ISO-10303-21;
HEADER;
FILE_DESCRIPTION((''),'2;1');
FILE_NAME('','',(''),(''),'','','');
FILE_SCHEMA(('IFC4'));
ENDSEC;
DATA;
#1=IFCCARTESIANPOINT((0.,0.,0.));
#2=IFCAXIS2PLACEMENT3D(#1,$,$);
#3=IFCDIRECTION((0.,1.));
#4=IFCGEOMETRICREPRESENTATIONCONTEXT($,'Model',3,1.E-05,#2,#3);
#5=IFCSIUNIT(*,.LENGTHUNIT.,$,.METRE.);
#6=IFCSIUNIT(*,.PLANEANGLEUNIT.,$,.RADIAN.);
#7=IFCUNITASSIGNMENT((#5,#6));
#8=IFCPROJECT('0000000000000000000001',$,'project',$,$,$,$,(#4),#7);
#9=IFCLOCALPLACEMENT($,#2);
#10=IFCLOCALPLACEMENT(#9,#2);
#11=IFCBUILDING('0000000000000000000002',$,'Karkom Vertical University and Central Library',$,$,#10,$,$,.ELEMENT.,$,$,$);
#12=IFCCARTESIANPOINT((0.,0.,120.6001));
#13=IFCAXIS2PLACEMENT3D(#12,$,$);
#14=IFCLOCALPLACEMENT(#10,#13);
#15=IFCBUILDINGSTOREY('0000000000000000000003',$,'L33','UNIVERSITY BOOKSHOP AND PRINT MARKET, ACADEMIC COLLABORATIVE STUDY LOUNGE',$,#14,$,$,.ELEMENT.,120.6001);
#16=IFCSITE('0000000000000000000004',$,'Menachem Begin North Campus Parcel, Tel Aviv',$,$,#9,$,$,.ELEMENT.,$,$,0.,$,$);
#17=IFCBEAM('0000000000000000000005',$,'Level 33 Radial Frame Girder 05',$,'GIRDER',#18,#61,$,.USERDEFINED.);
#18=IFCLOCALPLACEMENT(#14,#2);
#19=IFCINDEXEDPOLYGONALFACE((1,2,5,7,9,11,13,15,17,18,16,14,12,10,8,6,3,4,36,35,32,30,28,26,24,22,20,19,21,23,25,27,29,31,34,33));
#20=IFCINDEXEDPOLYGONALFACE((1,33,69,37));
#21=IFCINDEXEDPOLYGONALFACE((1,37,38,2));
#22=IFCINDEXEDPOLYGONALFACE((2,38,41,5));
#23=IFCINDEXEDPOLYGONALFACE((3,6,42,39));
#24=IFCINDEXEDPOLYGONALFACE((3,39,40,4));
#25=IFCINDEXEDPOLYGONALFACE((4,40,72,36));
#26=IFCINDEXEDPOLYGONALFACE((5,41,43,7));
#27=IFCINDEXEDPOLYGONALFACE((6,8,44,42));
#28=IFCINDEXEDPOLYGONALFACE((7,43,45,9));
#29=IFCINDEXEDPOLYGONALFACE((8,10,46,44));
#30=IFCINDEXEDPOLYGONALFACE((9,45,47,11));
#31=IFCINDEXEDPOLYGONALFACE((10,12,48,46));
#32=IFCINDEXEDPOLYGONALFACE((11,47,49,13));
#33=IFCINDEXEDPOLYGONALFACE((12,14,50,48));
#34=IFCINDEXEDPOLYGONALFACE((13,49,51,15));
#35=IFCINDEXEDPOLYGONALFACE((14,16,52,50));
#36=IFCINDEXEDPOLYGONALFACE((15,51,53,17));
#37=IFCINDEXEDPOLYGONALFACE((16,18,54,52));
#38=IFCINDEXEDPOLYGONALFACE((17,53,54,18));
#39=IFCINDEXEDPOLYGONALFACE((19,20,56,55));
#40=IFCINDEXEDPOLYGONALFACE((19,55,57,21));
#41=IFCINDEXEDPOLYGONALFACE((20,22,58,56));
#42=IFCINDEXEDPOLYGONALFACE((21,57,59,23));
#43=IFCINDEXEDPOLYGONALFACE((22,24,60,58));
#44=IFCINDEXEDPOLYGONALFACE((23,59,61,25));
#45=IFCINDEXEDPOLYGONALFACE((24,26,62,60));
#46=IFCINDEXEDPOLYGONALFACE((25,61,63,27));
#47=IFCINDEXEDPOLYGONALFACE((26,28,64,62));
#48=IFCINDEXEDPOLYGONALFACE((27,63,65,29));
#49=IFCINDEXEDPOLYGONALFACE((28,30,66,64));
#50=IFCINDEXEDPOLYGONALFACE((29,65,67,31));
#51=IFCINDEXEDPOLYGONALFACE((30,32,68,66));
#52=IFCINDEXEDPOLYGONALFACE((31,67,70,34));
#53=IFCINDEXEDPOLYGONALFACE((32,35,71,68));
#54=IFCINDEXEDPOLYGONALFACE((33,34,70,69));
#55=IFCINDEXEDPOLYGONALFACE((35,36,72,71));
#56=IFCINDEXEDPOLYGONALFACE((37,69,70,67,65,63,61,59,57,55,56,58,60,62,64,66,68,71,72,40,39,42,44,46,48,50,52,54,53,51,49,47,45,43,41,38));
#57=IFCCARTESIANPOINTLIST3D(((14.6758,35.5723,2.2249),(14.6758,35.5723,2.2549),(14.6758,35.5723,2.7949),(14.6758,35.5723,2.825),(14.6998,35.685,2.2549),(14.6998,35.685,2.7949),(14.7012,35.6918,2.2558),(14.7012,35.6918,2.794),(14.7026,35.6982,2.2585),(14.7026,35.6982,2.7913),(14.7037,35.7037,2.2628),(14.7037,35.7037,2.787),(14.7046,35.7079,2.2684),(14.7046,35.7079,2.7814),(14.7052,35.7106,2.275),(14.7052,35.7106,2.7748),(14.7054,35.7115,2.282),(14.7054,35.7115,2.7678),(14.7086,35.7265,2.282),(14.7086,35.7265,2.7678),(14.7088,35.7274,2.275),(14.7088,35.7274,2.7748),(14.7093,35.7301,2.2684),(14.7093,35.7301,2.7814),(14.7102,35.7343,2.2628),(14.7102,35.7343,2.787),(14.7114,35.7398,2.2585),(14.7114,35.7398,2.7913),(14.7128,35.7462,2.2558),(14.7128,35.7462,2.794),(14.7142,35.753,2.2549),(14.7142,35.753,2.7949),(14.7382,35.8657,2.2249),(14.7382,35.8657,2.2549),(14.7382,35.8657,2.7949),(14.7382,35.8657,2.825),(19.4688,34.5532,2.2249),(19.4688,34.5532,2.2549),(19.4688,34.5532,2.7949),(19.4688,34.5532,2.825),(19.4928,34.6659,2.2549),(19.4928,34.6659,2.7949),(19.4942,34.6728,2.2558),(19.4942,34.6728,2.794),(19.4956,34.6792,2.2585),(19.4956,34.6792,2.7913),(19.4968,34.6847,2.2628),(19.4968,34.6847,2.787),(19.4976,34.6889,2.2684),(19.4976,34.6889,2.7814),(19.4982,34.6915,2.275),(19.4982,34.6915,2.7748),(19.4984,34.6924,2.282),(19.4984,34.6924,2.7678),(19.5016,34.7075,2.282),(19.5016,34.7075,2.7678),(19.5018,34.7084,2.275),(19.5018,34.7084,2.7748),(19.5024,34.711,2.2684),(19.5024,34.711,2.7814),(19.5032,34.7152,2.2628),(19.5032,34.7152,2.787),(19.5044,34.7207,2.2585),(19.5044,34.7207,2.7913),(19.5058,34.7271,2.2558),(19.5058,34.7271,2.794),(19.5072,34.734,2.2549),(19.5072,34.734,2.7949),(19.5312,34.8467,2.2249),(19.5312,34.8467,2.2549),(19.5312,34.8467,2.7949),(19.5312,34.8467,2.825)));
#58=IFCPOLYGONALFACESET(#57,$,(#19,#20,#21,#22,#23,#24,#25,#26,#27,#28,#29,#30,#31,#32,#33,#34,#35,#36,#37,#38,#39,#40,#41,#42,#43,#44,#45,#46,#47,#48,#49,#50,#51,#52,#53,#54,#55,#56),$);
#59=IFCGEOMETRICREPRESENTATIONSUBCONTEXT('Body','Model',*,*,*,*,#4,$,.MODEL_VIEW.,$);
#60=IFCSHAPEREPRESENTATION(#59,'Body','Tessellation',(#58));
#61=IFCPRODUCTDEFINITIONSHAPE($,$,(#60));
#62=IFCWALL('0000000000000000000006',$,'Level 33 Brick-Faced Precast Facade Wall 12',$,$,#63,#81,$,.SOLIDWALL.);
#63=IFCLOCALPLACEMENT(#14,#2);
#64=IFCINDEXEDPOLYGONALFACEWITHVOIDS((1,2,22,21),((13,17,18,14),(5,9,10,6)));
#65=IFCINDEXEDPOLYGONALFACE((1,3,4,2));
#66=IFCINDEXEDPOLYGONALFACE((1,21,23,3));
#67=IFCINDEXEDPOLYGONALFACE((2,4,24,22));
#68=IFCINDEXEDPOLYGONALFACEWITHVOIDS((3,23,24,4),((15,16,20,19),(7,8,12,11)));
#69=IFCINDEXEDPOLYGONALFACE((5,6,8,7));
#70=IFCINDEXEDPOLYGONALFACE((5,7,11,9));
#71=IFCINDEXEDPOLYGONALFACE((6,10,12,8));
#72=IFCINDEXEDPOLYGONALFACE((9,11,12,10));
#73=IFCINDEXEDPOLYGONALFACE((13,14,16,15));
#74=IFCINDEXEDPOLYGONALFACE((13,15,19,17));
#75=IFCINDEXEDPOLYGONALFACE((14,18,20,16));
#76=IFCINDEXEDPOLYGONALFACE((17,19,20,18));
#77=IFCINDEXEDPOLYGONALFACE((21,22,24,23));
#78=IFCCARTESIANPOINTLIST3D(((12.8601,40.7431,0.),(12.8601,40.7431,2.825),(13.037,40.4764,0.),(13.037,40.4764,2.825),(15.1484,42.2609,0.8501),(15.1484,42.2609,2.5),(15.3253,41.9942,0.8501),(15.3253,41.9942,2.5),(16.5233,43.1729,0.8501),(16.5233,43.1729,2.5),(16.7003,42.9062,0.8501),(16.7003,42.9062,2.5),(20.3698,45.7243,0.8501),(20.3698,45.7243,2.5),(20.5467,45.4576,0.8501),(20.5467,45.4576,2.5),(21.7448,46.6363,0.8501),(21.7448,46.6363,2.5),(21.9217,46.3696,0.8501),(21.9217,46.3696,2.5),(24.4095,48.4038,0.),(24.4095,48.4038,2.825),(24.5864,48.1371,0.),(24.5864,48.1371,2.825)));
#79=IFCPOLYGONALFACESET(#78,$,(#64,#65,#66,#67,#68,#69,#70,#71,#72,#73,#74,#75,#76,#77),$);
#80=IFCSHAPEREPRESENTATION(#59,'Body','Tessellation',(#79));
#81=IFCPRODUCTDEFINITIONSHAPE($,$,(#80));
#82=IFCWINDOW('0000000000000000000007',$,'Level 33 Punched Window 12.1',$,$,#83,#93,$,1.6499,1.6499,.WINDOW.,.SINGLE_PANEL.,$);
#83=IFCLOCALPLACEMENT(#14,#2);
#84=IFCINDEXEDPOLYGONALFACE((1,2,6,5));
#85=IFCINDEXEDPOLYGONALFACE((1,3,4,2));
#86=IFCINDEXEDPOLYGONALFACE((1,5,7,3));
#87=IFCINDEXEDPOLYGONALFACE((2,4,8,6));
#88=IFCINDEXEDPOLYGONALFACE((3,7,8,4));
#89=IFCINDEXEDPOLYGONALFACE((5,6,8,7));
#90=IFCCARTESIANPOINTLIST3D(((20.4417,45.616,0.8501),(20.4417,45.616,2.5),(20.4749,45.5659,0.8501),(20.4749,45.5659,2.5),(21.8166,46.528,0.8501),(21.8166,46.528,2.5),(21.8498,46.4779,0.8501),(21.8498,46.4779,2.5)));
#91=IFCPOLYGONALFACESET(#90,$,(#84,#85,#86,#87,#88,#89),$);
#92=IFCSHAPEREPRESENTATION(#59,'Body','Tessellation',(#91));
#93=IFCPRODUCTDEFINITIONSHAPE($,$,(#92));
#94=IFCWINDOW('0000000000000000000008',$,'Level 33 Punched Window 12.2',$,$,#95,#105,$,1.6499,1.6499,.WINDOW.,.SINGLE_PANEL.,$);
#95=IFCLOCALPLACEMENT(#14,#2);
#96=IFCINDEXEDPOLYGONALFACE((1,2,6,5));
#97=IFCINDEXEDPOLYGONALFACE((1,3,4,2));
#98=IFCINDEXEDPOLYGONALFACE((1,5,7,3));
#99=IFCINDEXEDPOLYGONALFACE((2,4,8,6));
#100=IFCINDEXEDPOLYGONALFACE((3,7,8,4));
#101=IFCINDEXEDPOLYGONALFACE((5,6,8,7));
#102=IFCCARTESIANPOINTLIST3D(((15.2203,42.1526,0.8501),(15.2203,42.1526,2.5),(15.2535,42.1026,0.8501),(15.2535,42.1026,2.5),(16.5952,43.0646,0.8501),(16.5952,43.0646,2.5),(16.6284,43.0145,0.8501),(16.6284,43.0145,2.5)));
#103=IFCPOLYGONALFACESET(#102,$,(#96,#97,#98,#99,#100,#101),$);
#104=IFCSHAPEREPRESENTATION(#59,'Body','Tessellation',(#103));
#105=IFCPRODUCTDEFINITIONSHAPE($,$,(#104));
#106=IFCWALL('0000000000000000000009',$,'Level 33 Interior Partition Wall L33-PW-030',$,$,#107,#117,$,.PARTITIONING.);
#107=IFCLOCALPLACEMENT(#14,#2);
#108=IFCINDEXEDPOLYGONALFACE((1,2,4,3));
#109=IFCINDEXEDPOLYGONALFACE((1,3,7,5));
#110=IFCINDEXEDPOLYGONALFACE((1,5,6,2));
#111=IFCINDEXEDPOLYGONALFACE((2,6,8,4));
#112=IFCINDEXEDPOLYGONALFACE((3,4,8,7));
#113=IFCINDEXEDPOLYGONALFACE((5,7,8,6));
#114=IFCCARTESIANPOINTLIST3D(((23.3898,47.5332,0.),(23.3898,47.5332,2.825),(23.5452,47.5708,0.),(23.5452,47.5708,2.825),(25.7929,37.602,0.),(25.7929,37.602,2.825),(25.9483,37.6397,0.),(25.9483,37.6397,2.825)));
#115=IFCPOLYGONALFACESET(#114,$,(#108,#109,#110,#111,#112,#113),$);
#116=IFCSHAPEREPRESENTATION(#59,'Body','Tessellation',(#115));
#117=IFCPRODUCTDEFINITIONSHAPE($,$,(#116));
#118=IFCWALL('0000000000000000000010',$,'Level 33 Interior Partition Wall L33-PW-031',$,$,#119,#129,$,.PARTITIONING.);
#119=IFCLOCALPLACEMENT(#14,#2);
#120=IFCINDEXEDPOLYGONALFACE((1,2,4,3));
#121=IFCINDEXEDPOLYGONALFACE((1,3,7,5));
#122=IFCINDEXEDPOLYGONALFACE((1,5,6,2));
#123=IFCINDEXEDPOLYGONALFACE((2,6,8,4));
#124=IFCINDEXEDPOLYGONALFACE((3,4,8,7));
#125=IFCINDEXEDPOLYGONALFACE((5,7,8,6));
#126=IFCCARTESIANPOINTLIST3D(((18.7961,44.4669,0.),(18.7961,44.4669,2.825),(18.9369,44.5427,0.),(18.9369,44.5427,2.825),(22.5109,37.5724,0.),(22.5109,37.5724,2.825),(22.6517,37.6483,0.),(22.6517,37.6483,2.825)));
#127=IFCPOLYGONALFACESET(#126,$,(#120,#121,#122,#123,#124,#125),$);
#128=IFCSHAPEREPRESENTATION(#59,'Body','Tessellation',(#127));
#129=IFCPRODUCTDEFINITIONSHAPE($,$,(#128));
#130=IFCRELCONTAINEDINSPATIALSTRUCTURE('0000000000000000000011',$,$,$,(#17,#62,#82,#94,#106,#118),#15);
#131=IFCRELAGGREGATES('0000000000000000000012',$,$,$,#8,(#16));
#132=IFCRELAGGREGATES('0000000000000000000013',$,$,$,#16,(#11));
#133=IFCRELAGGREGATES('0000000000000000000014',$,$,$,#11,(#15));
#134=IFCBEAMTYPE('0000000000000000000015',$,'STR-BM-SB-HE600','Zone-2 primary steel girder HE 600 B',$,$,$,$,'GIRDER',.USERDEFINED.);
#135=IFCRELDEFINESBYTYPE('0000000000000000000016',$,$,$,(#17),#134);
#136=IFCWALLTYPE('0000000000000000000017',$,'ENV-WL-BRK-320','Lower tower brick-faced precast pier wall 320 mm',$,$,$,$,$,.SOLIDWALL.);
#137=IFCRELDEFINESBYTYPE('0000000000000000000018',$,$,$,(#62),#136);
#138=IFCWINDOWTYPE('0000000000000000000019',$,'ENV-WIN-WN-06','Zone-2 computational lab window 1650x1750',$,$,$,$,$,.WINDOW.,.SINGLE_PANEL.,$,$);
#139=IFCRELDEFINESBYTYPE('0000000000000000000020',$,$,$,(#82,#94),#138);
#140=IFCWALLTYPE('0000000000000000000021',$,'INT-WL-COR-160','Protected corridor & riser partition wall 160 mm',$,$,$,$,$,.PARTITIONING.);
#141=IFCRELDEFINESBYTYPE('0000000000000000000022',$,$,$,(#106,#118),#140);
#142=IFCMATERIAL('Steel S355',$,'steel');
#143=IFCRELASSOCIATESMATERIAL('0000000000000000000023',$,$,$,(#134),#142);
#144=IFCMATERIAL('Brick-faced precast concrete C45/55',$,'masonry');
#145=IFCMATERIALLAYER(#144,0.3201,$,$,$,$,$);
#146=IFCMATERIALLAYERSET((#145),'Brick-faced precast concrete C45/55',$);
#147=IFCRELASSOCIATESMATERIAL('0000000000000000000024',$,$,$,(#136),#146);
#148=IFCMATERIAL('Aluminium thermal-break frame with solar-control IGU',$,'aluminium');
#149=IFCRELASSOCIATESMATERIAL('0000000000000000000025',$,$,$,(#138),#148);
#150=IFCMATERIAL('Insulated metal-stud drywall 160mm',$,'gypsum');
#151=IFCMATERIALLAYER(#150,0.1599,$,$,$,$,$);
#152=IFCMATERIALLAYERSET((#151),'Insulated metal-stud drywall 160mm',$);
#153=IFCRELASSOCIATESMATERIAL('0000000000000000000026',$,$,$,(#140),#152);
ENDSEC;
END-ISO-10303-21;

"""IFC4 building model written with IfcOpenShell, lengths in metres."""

from ifc_helpers import new_model, si_unit, direction, frame, frame_2d, origin, origin_with_axes, origin_2d, place, context, subcontext, project, spatial, rectangle, i_section, extrude, source, transform, mapped, material, layer, layer_set, material_profile, profile_set, type_object, element, fill, save


model = new_model("IFC4")

# Units and contexts
model_context = context("Model", 3, precision=1e-05, world=origin(), true_north=direction((0.0, 1.0)))
body_context = subcontext(model_context, "Body", "Model", "MODEL_VIEW")
ifc_project = project(units=[si_unit("LENGTHUNIT", "METRE"), si_unit("PLANEANGLEUNIT", "RADIAN")], contexts=[model_context])

# Site, building, storey
site_placement = place(None, origin())
site = spatial("IfcSite", under=ifc_project, at=site_placement, Name="Menachem Begin North Campus Parcel, Tel Aviv", CompositionType="ELEMENT", RefElevation=0.0)
building_placement = place(site_placement, origin())
building = spatial("IfcBuilding", under=site, at=building_placement, Name="Karkom Vertical University and Central Library", CompositionType="ELEMENT")
storey_placement = place(building_placement, frame((0.0, 0.0, 120.6001)))
storey = spatial("IfcBuildingStorey", under=building, at=storey_placement, Name="L33", Description="UNIVERSITY BOOKSHOP AND PRINT MARKET, ACADEMIC COLLABORATIVE STUDY LOUNGE", CompositionType="ELEMENT", Elevation=120.6001)

# Beam
ifc_material_1 = material(Name="Steel S355", Category="steel")
ifc_material_profile_1 = material_profile(ifc_material_1, i_section(OverallWidth=0.3, OverallDepth=0.6001, WebThickness=0.0154, FlangeThickness=0.03, FilletRadius=0.0271, at=origin_2d()), Name="HE 600 B")
ifc_profile_set_1 = profile_set([ifc_material_profile_1], Name="Steel S355")
beam_type_1 = type_object("IfcBeamType", Name="STR-BM-SB-HE600", Description="Zone-2 primary steel girder HE 600 B", ElementType="GIRDER", PredefinedType="USERDEFINED", material=ifc_profile_set_1)
shared_shape_1 = source(origin_with_axes(), body_context, "Body", "SweptSolid", [
    extrude(i_section(OverallWidth=0.3, OverallDepth=0.6001, WebThickness=0.0154, FlangeThickness=0.03, FilletRadius=0.0271, at=origin_2d()), origin(), (0.0, 0.0, 1.0), 4.9001),
])
beam_1_placement = place(storey_placement, frame((19.5, 34.7, 2.5249), z_axis=(-0.978137, 0.207964, 0.0), x_axis=(-0.207964, -0.978137, 0.0)))
element("IfcBeam", 1, at=beam_1_placement, inside=storey, type_object=beam_type_1, Name="Level 33 Radial Frame Girder 05", ObjectType="GIRDER", PredefinedType="USERDEFINED", context=body_context, shape_type="MappedRepresentation", body=[
    mapped(shared_shape_1, transform((0.0, 0.0, 0.0), scale=1.0)),
])

# Wall, openings, windows
ifc_material_2 = material(Name="Brick-faced precast concrete C45/55", Category="masonry")
ifc_layer_1 = layer(ifc_material_2, 0.3201)
ifc_layer_set_1 = layer_set([ifc_layer_1], Name="Brick-faced precast concrete C45/55")
wall_type_1 = type_object("IfcWallType", Name="ENV-WL-BRK-320", Description="Lower tower brick-faced precast pier wall 320 mm", PredefinedType="SOLIDWALL", material=ifc_layer_set_1)
wall_1_placement = place(storey_placement, frame((24.498, 48.2705, 0.0), z_axis=(0.0, 0.0, 1.0), x_axis=(-0.833343, -0.552756, 0.0)))
wall_1 = element("IfcWall", 2, at=wall_1_placement, inside=storey, type_object=wall_type_1, Name="Level 33 Brick-Faced Precast Facade Wall 12", PredefinedType="SOLIDWALL", context=body_context, shape_type="SweptSolid", body=[
    extrude(rectangle(XDim=13.8591, YDim=0.3201, at=frame_2d((6.9297, 0.0))), origin(), (0.0, 0.0, 1.0), 2.825),
])
opening_1_placement = place(wall_1_placement, frame((3.1978, 0.0, 0.8501)))
opening_1 = element("IfcOpeningElement", 3, at=opening_1_placement, cuts=wall_1, PredefinedType="OPENING", context=body_context, shape_type="SweptSolid", body=[
    extrude(rectangle(XDim=1.6499, YDim=1.6499, at=frame_2d((0.825, 0.825))), frame((0.0, 0.1699, 0.0), z_axis=(0.0, -1.0, 0.0), x_axis=(1.0, 0.0, 0.0)), (0.0, 0.0, 1.0), 0.3401),
])
opening_2_placement = place(wall_1_placement, frame((9.4634, 0.0, 0.8501)))
opening_2 = element("IfcOpeningElement", 4, at=opening_2_placement, cuts=wall_1, PredefinedType="OPENING", context=body_context, shape_type="SweptSolid", body=[
    extrude(rectangle(XDim=1.6499, YDim=1.6499, at=frame_2d((0.825, 0.825))), frame((0.0, 0.1699, 0.0), z_axis=(0.0, -1.0, 0.0), x_axis=(1.0, 0.0, 0.0)), (0.0, 0.0, 1.0), 0.3401),
])
ifc_material_3 = material(Name="Aluminium thermal-break frame with solar-control IGU", Category="aluminium")
window_type = type_object("IfcWindowType", Name="ENV-WIN-WN-06", Description="Zone-2 computational lab window 1650x1750", PartitioningType="SINGLE_PANEL", PredefinedType="WINDOW", material=ifc_material_3)
shared_shape_2 = source(origin_with_axes(), body_context, "Body", "SweptSolid", [
    extrude(rectangle(XDim=1.6499, YDim=1.6499, at=frame_2d((0.825, 0.825))), frame((0.0, 0.03, 0.0), z_axis=(0.0, -1.0, 0.0), x_axis=(1.0, 0.0, 0.0)), (0.0, 0.0, 1.0), 0.0601),
])
window_1_placement = place(opening_1_placement, origin())
window_1 = element("IfcWindow", 5, at=window_1_placement, inside=storey, type_object=window_type, Name="Level 33 Punched Window 12.1", OverallHeight=1.6499, OverallWidth=1.6499, PartitioningType="SINGLE_PANEL", PredefinedType="WINDOW", context=body_context, shape_type="MappedRepresentation", body=[
    mapped(shared_shape_2, transform((0.0, 0.0, 0.0), scale=1.0)),
])
fill(opening_1, window_1)
window_2_placement = place(opening_2_placement, origin())
window_2 = element("IfcWindow", 6, at=window_2_placement, inside=storey, type_object=window_type, Name="Level 33 Punched Window 12.2", OverallHeight=1.6499, OverallWidth=1.6499, PartitioningType="SINGLE_PANEL", PredefinedType="WINDOW", context=body_context, shape_type="MappedRepresentation", body=[
    mapped(shared_shape_2, transform((0.0, 0.0, 0.0), scale=1.0)),
])
fill(opening_2, window_2)

# Walls
ifc_material_4 = material(Name="Insulated metal-stud drywall 160mm", Category="gypsum")
ifc_layer_2 = layer(ifc_material_4, 0.1599)
ifc_layer_set_2 = layer_set([ifc_layer_2], Name="Insulated metal-stud drywall 160mm")
wall_type_2 = type_object("IfcWallType", Name="INT-WL-COR-160", Description="Protected corridor & riser partition wall 160 mm", PredefinedType="PARTITIONING", material=ifc_layer_set_2)
wall_2_placement = place(storey_placement, frame((25.8706, 37.6208, 0.0), z_axis=(0.0, 0.0, 1.0), x_axis=(-0.235186, 0.97195, 0.0)))
element("IfcWall", 7, at=wall_2_placement, inside=storey, type_object=wall_type_2, Name="Level 33 Interior Partition Wall L33-PW-030", PredefinedType="PARTITIONING", context=body_context, shape_type="SweptSolid", body=[
    extrude(rectangle(XDim=10.2178, YDim=0.1599, at=frame_2d((5.1089, 0.0))), origin(), (0.0, 0.0, 1.0), 2.825),
])
wall_3_placement = place(storey_placement, frame((22.5813, 37.6104, 0.0), z_axis=(0.0, 0.0, 1.0), x_axis=(-0.474338, 0.880343, 0.0)))
element("IfcWall", 8, at=wall_3_placement, inside=storey, type_object=wall_type_2, Name="Level 33 Interior Partition Wall L33-PW-031", PredefinedType="PARTITIONING", context=body_context, shape_type="SweptSolid", body=[
    extrude(rectangle(XDim=7.8315, YDim=0.1599, at=frame_2d((3.9158, 0.0))), origin(), (0.0, 0.0, 1.0), 2.825),
])

save(model, "model.ifc")
